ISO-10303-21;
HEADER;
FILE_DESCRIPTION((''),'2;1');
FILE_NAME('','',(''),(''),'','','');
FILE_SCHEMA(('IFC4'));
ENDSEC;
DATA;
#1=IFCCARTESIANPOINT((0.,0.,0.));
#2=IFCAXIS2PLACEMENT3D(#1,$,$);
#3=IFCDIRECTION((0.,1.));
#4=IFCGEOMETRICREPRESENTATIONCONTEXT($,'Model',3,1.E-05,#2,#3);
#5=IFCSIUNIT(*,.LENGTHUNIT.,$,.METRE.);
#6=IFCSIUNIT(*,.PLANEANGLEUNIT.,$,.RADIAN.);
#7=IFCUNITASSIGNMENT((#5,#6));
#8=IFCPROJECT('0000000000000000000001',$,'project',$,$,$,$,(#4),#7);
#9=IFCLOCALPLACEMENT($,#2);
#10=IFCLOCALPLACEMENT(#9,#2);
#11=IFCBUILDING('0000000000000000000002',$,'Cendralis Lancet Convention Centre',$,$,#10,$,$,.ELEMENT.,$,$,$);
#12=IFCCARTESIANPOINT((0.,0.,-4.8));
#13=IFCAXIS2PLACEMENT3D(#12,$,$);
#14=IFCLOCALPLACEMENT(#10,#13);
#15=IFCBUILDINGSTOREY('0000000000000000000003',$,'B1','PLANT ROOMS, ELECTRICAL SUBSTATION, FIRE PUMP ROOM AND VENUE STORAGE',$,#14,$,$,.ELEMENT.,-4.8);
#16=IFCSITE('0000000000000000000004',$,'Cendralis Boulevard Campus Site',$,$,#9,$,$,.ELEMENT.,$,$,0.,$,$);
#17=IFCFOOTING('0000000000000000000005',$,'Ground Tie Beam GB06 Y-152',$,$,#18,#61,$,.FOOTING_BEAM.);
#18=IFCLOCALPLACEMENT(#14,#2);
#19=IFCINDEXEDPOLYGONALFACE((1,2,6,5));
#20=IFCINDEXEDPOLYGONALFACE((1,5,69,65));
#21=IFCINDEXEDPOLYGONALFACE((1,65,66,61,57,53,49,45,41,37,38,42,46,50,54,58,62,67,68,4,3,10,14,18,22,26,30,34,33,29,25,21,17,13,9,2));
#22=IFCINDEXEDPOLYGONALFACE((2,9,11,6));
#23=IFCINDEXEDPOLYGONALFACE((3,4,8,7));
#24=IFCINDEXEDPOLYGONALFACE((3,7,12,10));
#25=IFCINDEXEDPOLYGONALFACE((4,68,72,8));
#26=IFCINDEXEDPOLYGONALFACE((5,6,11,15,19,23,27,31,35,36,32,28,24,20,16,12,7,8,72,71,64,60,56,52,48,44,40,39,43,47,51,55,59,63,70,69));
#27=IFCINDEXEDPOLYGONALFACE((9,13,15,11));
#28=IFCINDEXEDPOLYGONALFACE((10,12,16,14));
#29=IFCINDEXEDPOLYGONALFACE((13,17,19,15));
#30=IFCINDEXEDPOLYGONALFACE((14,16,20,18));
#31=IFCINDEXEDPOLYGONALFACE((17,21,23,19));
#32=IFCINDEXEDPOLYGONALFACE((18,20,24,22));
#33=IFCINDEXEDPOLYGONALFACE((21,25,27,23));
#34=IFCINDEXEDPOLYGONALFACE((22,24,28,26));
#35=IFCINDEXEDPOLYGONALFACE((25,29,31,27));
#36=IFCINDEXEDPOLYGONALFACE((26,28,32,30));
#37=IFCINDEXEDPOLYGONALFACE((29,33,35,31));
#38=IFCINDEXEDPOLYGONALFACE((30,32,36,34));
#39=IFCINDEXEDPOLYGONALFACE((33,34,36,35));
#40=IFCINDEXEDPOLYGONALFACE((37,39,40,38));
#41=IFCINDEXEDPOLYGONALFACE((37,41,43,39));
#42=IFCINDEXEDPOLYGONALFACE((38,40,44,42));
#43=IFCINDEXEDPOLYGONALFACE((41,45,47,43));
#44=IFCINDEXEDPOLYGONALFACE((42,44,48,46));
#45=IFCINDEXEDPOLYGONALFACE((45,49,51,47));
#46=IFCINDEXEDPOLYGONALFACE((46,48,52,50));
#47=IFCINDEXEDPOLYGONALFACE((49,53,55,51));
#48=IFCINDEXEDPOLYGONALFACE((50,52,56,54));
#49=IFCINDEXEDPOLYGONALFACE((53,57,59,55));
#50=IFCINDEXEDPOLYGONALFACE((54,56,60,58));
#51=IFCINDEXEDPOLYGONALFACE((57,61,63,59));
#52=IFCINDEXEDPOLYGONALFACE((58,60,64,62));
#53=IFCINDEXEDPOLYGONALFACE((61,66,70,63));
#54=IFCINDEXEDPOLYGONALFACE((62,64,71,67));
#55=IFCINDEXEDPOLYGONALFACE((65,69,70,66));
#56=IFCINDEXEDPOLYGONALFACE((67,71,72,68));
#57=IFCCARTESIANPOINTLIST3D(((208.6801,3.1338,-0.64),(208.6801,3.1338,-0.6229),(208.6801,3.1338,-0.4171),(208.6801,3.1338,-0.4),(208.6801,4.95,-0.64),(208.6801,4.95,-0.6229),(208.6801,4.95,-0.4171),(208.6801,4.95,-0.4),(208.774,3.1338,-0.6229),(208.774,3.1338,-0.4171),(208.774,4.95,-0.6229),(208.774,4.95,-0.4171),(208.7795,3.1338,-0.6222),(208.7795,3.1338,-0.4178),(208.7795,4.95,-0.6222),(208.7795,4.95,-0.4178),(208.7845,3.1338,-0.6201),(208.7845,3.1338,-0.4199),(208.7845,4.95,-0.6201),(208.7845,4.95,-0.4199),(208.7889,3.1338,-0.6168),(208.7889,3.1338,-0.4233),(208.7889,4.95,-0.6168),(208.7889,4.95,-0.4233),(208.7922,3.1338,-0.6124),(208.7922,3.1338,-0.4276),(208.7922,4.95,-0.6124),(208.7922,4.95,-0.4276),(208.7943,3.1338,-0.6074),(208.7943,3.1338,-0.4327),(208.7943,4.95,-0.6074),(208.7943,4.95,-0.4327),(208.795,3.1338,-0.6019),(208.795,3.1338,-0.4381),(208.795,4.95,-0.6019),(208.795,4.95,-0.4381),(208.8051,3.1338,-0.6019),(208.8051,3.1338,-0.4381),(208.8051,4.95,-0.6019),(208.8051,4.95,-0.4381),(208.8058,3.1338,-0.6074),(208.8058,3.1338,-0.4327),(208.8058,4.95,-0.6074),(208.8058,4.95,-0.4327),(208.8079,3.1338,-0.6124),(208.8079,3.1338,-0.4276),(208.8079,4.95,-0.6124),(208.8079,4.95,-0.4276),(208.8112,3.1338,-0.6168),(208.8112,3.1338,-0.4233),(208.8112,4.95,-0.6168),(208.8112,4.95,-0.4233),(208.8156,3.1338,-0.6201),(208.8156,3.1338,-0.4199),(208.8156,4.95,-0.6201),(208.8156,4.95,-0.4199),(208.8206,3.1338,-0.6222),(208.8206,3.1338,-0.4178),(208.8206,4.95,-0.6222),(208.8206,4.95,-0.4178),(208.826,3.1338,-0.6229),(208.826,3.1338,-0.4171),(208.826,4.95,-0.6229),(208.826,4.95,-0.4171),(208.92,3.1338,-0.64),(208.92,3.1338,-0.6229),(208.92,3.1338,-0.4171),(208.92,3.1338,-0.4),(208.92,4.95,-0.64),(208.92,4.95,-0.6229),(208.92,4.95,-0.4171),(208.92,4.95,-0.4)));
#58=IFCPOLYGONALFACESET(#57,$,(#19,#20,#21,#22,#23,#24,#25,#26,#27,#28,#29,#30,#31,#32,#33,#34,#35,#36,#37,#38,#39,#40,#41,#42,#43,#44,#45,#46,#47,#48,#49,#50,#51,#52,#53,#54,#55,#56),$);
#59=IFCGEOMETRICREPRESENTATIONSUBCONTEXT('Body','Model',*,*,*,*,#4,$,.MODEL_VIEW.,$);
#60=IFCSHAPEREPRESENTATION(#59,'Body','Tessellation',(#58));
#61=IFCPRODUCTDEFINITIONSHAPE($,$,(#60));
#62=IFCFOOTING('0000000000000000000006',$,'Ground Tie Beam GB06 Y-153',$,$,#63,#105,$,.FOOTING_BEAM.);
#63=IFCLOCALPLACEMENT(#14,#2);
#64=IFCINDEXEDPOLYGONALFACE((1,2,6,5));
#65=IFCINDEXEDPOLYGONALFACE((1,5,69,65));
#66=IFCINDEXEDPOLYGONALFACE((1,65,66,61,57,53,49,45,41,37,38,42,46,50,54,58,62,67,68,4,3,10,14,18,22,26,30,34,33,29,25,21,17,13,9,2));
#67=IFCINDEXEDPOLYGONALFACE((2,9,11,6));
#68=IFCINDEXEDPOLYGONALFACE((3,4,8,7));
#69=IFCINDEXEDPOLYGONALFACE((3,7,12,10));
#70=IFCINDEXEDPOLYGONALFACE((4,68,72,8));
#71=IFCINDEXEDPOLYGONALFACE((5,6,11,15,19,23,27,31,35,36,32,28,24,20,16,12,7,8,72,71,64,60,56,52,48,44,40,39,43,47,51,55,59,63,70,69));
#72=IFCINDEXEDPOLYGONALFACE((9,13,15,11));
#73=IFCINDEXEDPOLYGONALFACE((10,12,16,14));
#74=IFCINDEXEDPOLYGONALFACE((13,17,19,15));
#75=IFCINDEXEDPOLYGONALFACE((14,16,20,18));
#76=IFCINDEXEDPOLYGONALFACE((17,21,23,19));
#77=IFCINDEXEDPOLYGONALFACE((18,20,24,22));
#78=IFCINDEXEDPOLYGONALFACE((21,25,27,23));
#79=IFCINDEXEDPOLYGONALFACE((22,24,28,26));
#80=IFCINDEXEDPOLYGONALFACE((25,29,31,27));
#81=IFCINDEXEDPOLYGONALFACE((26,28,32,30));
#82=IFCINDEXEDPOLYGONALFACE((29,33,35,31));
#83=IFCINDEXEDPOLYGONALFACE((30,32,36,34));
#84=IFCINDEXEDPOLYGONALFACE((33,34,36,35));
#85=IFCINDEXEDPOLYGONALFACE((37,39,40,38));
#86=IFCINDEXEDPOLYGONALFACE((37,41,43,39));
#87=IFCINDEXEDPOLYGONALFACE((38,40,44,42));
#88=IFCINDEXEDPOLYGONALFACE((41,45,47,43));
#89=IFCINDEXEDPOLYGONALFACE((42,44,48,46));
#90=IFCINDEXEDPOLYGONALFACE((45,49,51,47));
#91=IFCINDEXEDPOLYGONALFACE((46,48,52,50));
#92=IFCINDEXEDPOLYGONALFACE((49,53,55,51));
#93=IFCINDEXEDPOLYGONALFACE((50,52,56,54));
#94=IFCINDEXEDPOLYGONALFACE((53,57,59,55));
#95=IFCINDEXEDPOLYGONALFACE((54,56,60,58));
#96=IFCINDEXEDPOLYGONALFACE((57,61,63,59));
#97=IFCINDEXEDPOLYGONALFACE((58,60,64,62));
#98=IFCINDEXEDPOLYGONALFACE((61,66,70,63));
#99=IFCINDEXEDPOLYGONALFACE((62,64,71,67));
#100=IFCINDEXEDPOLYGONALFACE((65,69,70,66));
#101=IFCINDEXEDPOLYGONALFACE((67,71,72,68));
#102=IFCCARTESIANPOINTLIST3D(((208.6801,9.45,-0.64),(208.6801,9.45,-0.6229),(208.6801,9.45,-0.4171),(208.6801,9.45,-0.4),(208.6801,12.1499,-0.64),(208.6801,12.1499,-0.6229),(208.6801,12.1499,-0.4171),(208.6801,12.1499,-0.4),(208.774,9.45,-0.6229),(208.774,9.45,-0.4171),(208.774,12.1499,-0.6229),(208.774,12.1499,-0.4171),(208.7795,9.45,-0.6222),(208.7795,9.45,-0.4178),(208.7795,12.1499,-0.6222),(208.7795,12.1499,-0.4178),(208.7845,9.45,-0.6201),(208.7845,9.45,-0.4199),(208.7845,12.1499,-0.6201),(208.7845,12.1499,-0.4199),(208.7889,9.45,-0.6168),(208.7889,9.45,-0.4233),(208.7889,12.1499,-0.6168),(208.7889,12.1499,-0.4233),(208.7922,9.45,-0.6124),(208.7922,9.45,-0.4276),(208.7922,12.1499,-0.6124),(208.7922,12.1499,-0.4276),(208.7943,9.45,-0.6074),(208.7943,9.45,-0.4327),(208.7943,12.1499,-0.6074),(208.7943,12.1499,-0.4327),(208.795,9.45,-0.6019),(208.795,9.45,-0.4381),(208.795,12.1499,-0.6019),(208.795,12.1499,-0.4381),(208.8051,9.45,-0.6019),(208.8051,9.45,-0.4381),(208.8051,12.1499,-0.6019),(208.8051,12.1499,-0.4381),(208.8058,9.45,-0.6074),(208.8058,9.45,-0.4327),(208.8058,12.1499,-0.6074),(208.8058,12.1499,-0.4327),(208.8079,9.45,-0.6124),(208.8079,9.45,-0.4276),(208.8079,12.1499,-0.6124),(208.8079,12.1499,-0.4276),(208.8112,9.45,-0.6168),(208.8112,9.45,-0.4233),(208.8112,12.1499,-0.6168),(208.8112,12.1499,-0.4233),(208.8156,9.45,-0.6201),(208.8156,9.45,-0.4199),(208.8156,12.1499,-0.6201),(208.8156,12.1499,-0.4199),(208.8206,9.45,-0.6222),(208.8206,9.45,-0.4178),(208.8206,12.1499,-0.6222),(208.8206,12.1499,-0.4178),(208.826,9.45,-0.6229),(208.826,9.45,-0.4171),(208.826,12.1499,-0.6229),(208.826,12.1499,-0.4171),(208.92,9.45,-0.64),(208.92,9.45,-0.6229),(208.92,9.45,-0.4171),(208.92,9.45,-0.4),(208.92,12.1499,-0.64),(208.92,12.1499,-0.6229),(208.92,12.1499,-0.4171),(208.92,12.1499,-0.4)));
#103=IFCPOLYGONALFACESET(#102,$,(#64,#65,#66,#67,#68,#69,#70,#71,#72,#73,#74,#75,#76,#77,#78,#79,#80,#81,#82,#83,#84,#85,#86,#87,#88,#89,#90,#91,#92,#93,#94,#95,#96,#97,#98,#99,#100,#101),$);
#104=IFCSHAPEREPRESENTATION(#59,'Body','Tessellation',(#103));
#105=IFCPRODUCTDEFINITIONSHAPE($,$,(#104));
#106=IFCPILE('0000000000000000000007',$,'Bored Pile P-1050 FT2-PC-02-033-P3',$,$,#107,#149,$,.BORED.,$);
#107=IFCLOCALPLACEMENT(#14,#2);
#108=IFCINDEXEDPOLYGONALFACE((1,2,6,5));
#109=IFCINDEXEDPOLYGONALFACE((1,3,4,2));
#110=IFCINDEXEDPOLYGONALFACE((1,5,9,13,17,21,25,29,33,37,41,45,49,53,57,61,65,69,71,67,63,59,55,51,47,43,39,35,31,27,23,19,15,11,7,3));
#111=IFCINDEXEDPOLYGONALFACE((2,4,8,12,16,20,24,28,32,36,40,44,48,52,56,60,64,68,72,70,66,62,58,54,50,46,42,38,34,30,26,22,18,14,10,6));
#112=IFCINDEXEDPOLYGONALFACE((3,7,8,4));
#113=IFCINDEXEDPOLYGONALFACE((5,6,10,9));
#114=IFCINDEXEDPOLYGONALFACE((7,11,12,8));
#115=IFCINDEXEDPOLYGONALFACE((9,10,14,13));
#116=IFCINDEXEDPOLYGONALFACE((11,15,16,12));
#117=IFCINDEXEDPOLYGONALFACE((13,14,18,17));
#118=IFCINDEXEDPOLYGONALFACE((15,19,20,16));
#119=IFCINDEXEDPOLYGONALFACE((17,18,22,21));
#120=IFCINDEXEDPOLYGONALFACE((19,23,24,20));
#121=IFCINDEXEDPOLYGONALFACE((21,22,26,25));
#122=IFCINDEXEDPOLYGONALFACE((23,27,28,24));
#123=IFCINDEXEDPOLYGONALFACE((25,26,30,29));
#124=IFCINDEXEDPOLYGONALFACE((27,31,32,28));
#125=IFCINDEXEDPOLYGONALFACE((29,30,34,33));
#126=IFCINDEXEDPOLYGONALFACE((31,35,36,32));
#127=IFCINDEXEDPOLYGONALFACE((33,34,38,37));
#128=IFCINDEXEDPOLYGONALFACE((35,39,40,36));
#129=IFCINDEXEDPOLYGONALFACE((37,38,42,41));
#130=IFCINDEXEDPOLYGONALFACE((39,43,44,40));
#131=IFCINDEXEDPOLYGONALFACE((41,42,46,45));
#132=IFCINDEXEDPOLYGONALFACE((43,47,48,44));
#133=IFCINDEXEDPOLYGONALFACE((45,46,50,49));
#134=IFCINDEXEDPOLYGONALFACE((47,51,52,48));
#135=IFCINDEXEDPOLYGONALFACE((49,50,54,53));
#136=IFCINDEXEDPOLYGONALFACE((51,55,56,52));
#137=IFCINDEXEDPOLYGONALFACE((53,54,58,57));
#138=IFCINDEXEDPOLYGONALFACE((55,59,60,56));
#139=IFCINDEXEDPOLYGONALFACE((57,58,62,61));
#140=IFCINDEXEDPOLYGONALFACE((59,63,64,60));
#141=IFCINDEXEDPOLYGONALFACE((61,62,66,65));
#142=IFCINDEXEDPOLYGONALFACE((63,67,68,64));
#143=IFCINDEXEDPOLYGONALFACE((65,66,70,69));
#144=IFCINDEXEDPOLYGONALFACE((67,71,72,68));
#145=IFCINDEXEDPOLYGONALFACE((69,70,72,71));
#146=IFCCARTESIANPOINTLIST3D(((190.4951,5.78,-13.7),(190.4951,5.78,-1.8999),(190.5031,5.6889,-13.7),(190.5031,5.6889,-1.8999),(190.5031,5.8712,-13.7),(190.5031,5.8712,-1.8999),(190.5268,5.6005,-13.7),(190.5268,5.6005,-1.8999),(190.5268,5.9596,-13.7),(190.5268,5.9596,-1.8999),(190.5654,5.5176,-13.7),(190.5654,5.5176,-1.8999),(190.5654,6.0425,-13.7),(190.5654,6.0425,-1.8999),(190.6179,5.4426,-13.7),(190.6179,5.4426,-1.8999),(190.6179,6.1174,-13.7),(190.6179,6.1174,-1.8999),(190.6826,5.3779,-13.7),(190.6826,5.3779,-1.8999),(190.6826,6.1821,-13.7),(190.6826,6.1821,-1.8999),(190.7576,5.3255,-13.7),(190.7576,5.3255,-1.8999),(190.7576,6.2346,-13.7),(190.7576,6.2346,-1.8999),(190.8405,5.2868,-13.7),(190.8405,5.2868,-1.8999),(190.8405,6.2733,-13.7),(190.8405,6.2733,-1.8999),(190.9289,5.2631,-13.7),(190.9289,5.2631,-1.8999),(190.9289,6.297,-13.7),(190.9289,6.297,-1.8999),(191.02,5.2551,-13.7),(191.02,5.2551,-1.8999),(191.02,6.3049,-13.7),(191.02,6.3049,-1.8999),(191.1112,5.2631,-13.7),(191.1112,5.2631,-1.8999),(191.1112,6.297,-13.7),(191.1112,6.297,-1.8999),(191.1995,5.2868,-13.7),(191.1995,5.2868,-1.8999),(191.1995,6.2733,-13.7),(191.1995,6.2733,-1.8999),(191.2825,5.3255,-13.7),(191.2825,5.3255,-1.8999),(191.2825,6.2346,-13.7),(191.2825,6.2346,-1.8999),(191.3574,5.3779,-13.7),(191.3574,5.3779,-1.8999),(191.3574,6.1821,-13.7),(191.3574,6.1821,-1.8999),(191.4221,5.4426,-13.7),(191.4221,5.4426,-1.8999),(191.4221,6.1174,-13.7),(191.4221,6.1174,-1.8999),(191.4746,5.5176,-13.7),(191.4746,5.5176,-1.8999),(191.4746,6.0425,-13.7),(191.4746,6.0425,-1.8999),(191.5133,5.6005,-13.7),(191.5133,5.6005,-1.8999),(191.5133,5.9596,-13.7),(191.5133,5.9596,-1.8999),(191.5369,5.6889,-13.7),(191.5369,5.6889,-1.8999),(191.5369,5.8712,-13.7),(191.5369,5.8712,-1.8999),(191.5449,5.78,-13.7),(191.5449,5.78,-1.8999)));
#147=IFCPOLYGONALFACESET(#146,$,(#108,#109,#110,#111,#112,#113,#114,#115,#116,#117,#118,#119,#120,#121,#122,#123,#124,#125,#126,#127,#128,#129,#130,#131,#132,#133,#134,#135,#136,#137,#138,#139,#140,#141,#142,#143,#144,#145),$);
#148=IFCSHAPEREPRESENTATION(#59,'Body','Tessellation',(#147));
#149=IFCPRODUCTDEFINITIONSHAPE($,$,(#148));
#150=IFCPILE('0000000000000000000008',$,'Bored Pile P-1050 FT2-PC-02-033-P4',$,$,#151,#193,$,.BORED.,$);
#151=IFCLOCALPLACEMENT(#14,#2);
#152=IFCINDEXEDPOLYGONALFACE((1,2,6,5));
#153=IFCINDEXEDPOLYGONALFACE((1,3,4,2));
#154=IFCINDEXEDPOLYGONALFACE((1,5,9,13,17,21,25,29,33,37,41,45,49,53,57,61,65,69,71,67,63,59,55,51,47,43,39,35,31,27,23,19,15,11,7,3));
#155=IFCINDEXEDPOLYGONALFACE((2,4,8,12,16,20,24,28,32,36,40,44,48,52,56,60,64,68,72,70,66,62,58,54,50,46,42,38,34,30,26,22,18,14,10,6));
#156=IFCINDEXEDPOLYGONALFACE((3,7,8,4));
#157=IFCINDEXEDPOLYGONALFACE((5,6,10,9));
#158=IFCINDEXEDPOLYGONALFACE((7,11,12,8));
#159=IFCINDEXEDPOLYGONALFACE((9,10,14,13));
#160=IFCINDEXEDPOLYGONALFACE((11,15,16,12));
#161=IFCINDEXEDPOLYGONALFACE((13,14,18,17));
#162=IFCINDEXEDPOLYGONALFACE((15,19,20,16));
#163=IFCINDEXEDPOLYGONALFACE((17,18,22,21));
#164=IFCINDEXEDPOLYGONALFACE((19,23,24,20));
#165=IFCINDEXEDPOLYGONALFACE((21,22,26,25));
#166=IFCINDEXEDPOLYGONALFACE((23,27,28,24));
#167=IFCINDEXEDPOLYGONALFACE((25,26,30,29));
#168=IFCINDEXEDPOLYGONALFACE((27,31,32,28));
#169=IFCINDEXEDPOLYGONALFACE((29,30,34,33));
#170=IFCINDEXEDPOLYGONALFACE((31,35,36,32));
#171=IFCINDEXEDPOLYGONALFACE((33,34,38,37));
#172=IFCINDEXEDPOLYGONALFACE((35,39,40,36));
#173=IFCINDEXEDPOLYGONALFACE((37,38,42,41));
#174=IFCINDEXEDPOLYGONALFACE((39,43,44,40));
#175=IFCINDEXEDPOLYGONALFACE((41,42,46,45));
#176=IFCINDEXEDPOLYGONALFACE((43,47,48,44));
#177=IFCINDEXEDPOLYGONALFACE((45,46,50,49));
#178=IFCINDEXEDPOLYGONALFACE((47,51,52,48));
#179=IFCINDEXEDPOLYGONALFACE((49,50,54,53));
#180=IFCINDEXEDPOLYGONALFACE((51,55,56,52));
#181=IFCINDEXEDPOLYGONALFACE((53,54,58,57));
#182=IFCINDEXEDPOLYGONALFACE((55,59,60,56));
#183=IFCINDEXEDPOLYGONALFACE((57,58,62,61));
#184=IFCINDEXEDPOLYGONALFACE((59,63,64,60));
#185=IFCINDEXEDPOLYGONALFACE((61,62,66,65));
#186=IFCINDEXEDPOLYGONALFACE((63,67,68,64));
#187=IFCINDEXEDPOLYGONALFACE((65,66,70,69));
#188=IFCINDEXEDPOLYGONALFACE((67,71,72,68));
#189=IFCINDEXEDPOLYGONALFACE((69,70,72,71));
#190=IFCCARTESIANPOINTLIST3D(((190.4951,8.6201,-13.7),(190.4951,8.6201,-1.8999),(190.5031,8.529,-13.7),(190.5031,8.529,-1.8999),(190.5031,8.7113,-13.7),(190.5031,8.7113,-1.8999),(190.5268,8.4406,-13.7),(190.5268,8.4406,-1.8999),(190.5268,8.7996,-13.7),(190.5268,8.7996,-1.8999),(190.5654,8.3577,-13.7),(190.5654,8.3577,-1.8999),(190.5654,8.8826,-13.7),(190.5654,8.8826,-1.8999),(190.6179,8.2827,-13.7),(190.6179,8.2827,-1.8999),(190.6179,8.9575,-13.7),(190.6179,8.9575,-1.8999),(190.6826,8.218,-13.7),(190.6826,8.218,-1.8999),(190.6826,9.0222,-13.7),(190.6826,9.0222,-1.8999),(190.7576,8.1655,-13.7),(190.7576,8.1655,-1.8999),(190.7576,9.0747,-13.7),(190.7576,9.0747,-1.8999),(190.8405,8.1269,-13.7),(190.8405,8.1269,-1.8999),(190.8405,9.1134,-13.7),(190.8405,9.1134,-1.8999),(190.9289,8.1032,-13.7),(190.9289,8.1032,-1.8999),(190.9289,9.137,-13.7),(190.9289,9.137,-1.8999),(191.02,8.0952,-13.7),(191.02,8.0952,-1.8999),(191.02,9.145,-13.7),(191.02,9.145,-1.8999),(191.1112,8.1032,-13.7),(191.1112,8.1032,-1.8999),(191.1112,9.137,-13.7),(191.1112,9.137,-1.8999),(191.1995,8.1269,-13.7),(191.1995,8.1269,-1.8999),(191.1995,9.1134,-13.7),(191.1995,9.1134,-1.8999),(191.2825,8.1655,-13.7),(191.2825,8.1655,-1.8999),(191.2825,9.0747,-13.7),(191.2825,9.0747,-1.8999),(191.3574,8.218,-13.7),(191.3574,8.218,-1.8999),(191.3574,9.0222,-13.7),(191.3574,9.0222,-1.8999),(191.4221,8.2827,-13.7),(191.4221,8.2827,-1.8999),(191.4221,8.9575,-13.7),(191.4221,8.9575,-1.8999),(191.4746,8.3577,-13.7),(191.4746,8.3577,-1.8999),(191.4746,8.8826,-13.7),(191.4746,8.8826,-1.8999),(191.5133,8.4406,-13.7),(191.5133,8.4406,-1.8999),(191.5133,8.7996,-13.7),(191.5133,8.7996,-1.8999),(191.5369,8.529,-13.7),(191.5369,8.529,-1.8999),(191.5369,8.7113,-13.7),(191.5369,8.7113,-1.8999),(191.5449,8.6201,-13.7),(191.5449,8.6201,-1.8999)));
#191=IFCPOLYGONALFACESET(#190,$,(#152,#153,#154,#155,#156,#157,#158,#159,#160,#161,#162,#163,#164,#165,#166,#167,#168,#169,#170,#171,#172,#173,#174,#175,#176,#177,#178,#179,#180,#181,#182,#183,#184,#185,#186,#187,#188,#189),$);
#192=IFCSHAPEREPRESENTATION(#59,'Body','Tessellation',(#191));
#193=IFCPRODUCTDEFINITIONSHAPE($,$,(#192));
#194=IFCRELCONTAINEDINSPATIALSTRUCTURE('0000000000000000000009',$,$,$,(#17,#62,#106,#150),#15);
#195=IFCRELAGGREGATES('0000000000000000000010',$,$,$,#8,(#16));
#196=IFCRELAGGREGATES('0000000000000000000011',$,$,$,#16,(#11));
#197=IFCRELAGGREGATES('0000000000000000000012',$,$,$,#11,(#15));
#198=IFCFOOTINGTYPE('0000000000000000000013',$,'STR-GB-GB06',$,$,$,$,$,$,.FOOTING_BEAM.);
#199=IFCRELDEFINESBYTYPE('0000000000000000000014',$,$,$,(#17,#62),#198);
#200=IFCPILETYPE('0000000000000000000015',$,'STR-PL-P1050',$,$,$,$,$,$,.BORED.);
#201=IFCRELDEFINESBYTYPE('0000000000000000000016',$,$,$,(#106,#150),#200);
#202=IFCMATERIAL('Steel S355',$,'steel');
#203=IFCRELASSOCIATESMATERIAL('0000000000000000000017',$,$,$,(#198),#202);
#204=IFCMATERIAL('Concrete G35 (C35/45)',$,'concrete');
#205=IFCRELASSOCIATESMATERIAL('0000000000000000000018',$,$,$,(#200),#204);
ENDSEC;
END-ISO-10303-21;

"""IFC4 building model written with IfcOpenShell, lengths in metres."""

from ifc_helpers import new_model, si_unit, direction, frame, origin, origin_2d, place, context, subcontext, project, spatial, circle, i_section, extrude, material, material_profile, profile_set, type_object, element, save


model = new_model("IFC4")

# Units and contexts
model_context = context("Model", 3, precision=1e-05, world=origin(), true_north=direction((0.0, 1.0)))
body_context = subcontext(model_context, "Body", "Model", "MODEL_VIEW")
ifc_project = project(units=[si_unit("LENGTHUNIT", "METRE"), si_unit("PLANEANGLEUNIT", "RADIAN")], contexts=[model_context])

# Site, building, storey
site_placement = place(None, origin())
site = spatial("IfcSite", under=ifc_project, at=site_placement, Name="Cendralis Boulevard Campus Site", CompositionType="ELEMENT", RefElevation=0.0)
building_placement = place(site_placement, origin())
building = spatial("IfcBuilding", under=site, at=building_placement, Name="Cendralis Lancet Convention Centre", CompositionType="ELEMENT")
storey_placement = place(building_placement, frame((0.0, 0.0, -4.8)))
storey = spatial("IfcBuildingStorey", under=building, at=storey_placement, Name="B1", Description="PLANT ROOMS, ELECTRICAL SUBSTATION, FIRE PUMP ROOM AND VENUE STORAGE", CompositionType="ELEMENT", Elevation=-4.8)

# Footings
ifc_material_1 = material(Name="Concrete G35 (C35/45)", Category="concrete")
ifc_material_2 = material(Name="Steel S355", Category="steel")
ifc_material_profile_1 = material_profile(ifc_material_2, i_section(OverallWidth=0.24, OverallDepth=0.24, WebThickness=0.01, FlangeThickness=0.0171, FilletRadius=0.021, at=origin_2d()), Name="HEB 240")
ifc_profile_set_1 = profile_set([ifc_material_profile_1], Name="Steel S355")
footing_type_1 = type_object("IfcFootingType", Name="STR-GB-GB06", PredefinedType="FOOTING_BEAM", material=ifc_profile_set_1)
footing_1_placement = place(storey_placement, frame((208.8, 3.1338, -0.52), z_axis=(0.0, 1.0, 0.0), x_axis=(-1.0, 0.0, 0.0)))
element("IfcFooting", 1, at=footing_1_placement, inside=storey, type_object=footing_type_1, Name="Ground Tie Beam GB06 Y-152", PredefinedType="FOOTING_BEAM", context=body_context, shape_type="SweptSolid", body=[
    extrude(i_section(OverallWidth=0.24, OverallDepth=0.24, WebThickness=0.01, FlangeThickness=0.0171, FilletRadius=0.021, at=origin_2d()), origin(), (0.0, 0.0, 1.0), 1.8162),
])
footing_2_placement = place(storey_placement, frame((208.8, 9.45, -0.52), z_axis=(0.0, 1.0, 0.0), x_axis=(-1.0, 0.0, 0.0)))
element("IfcFooting", 2, at=footing_2_placement, inside=storey, type_object=footing_type_1, Name="Ground Tie Beam GB06 Y-153", PredefinedType="FOOTING_BEAM", context=body_context, shape_type="SweptSolid", body=[
    extrude(i_section(OverallWidth=0.24, OverallDepth=0.24, WebThickness=0.01, FlangeThickness=0.0171, FilletRadius=0.021, at=origin_2d()), origin(), (0.0, 0.0, 1.0), 2.7),
])

# Piles
ifc_material_profile_2 = material_profile(ifc_material_1, circle(Radius=0.5249, at=origin_2d()), Name="BORED PILE D1050")
ifc_profile_set_2 = profile_set([ifc_material_profile_2], Name="Concrete G35 (C35/45)")
pile_type_1 = type_object("IfcPileType", Name="STR-PL-P1050", PredefinedType="BORED", material=ifc_profile_set_2)
for number, where, z_axis, x_axis, name in (
    (3, (191.02, 5.78, -1.8999), (0.0, 0.0, -1.0), (1.0, 0.0, 0.0), "Bored Pile P-1050 FT2-PC-02-033-P3"),
    (4, (191.02, 8.6201, -1.8999), (0.0, 0.0, -1.0), (1.0, 0.0, 0.0), "Bored Pile P-1050 FT2-PC-02-033-P4"),
):
    element("IfcPile", number, at=place(storey_placement, frame(where, z_axis=z_axis, x_axis=x_axis)), inside=storey, type_object=pile_type_1, Name=name, PredefinedType="BORED", context=body_context, shape_type="SweptSolid", body=[
        extrude(circle(Radius=0.5249, at=origin_2d()), origin(), (0.0, 0.0, 1.0), 11.8),
    ])

save(model, "model.ifc")
